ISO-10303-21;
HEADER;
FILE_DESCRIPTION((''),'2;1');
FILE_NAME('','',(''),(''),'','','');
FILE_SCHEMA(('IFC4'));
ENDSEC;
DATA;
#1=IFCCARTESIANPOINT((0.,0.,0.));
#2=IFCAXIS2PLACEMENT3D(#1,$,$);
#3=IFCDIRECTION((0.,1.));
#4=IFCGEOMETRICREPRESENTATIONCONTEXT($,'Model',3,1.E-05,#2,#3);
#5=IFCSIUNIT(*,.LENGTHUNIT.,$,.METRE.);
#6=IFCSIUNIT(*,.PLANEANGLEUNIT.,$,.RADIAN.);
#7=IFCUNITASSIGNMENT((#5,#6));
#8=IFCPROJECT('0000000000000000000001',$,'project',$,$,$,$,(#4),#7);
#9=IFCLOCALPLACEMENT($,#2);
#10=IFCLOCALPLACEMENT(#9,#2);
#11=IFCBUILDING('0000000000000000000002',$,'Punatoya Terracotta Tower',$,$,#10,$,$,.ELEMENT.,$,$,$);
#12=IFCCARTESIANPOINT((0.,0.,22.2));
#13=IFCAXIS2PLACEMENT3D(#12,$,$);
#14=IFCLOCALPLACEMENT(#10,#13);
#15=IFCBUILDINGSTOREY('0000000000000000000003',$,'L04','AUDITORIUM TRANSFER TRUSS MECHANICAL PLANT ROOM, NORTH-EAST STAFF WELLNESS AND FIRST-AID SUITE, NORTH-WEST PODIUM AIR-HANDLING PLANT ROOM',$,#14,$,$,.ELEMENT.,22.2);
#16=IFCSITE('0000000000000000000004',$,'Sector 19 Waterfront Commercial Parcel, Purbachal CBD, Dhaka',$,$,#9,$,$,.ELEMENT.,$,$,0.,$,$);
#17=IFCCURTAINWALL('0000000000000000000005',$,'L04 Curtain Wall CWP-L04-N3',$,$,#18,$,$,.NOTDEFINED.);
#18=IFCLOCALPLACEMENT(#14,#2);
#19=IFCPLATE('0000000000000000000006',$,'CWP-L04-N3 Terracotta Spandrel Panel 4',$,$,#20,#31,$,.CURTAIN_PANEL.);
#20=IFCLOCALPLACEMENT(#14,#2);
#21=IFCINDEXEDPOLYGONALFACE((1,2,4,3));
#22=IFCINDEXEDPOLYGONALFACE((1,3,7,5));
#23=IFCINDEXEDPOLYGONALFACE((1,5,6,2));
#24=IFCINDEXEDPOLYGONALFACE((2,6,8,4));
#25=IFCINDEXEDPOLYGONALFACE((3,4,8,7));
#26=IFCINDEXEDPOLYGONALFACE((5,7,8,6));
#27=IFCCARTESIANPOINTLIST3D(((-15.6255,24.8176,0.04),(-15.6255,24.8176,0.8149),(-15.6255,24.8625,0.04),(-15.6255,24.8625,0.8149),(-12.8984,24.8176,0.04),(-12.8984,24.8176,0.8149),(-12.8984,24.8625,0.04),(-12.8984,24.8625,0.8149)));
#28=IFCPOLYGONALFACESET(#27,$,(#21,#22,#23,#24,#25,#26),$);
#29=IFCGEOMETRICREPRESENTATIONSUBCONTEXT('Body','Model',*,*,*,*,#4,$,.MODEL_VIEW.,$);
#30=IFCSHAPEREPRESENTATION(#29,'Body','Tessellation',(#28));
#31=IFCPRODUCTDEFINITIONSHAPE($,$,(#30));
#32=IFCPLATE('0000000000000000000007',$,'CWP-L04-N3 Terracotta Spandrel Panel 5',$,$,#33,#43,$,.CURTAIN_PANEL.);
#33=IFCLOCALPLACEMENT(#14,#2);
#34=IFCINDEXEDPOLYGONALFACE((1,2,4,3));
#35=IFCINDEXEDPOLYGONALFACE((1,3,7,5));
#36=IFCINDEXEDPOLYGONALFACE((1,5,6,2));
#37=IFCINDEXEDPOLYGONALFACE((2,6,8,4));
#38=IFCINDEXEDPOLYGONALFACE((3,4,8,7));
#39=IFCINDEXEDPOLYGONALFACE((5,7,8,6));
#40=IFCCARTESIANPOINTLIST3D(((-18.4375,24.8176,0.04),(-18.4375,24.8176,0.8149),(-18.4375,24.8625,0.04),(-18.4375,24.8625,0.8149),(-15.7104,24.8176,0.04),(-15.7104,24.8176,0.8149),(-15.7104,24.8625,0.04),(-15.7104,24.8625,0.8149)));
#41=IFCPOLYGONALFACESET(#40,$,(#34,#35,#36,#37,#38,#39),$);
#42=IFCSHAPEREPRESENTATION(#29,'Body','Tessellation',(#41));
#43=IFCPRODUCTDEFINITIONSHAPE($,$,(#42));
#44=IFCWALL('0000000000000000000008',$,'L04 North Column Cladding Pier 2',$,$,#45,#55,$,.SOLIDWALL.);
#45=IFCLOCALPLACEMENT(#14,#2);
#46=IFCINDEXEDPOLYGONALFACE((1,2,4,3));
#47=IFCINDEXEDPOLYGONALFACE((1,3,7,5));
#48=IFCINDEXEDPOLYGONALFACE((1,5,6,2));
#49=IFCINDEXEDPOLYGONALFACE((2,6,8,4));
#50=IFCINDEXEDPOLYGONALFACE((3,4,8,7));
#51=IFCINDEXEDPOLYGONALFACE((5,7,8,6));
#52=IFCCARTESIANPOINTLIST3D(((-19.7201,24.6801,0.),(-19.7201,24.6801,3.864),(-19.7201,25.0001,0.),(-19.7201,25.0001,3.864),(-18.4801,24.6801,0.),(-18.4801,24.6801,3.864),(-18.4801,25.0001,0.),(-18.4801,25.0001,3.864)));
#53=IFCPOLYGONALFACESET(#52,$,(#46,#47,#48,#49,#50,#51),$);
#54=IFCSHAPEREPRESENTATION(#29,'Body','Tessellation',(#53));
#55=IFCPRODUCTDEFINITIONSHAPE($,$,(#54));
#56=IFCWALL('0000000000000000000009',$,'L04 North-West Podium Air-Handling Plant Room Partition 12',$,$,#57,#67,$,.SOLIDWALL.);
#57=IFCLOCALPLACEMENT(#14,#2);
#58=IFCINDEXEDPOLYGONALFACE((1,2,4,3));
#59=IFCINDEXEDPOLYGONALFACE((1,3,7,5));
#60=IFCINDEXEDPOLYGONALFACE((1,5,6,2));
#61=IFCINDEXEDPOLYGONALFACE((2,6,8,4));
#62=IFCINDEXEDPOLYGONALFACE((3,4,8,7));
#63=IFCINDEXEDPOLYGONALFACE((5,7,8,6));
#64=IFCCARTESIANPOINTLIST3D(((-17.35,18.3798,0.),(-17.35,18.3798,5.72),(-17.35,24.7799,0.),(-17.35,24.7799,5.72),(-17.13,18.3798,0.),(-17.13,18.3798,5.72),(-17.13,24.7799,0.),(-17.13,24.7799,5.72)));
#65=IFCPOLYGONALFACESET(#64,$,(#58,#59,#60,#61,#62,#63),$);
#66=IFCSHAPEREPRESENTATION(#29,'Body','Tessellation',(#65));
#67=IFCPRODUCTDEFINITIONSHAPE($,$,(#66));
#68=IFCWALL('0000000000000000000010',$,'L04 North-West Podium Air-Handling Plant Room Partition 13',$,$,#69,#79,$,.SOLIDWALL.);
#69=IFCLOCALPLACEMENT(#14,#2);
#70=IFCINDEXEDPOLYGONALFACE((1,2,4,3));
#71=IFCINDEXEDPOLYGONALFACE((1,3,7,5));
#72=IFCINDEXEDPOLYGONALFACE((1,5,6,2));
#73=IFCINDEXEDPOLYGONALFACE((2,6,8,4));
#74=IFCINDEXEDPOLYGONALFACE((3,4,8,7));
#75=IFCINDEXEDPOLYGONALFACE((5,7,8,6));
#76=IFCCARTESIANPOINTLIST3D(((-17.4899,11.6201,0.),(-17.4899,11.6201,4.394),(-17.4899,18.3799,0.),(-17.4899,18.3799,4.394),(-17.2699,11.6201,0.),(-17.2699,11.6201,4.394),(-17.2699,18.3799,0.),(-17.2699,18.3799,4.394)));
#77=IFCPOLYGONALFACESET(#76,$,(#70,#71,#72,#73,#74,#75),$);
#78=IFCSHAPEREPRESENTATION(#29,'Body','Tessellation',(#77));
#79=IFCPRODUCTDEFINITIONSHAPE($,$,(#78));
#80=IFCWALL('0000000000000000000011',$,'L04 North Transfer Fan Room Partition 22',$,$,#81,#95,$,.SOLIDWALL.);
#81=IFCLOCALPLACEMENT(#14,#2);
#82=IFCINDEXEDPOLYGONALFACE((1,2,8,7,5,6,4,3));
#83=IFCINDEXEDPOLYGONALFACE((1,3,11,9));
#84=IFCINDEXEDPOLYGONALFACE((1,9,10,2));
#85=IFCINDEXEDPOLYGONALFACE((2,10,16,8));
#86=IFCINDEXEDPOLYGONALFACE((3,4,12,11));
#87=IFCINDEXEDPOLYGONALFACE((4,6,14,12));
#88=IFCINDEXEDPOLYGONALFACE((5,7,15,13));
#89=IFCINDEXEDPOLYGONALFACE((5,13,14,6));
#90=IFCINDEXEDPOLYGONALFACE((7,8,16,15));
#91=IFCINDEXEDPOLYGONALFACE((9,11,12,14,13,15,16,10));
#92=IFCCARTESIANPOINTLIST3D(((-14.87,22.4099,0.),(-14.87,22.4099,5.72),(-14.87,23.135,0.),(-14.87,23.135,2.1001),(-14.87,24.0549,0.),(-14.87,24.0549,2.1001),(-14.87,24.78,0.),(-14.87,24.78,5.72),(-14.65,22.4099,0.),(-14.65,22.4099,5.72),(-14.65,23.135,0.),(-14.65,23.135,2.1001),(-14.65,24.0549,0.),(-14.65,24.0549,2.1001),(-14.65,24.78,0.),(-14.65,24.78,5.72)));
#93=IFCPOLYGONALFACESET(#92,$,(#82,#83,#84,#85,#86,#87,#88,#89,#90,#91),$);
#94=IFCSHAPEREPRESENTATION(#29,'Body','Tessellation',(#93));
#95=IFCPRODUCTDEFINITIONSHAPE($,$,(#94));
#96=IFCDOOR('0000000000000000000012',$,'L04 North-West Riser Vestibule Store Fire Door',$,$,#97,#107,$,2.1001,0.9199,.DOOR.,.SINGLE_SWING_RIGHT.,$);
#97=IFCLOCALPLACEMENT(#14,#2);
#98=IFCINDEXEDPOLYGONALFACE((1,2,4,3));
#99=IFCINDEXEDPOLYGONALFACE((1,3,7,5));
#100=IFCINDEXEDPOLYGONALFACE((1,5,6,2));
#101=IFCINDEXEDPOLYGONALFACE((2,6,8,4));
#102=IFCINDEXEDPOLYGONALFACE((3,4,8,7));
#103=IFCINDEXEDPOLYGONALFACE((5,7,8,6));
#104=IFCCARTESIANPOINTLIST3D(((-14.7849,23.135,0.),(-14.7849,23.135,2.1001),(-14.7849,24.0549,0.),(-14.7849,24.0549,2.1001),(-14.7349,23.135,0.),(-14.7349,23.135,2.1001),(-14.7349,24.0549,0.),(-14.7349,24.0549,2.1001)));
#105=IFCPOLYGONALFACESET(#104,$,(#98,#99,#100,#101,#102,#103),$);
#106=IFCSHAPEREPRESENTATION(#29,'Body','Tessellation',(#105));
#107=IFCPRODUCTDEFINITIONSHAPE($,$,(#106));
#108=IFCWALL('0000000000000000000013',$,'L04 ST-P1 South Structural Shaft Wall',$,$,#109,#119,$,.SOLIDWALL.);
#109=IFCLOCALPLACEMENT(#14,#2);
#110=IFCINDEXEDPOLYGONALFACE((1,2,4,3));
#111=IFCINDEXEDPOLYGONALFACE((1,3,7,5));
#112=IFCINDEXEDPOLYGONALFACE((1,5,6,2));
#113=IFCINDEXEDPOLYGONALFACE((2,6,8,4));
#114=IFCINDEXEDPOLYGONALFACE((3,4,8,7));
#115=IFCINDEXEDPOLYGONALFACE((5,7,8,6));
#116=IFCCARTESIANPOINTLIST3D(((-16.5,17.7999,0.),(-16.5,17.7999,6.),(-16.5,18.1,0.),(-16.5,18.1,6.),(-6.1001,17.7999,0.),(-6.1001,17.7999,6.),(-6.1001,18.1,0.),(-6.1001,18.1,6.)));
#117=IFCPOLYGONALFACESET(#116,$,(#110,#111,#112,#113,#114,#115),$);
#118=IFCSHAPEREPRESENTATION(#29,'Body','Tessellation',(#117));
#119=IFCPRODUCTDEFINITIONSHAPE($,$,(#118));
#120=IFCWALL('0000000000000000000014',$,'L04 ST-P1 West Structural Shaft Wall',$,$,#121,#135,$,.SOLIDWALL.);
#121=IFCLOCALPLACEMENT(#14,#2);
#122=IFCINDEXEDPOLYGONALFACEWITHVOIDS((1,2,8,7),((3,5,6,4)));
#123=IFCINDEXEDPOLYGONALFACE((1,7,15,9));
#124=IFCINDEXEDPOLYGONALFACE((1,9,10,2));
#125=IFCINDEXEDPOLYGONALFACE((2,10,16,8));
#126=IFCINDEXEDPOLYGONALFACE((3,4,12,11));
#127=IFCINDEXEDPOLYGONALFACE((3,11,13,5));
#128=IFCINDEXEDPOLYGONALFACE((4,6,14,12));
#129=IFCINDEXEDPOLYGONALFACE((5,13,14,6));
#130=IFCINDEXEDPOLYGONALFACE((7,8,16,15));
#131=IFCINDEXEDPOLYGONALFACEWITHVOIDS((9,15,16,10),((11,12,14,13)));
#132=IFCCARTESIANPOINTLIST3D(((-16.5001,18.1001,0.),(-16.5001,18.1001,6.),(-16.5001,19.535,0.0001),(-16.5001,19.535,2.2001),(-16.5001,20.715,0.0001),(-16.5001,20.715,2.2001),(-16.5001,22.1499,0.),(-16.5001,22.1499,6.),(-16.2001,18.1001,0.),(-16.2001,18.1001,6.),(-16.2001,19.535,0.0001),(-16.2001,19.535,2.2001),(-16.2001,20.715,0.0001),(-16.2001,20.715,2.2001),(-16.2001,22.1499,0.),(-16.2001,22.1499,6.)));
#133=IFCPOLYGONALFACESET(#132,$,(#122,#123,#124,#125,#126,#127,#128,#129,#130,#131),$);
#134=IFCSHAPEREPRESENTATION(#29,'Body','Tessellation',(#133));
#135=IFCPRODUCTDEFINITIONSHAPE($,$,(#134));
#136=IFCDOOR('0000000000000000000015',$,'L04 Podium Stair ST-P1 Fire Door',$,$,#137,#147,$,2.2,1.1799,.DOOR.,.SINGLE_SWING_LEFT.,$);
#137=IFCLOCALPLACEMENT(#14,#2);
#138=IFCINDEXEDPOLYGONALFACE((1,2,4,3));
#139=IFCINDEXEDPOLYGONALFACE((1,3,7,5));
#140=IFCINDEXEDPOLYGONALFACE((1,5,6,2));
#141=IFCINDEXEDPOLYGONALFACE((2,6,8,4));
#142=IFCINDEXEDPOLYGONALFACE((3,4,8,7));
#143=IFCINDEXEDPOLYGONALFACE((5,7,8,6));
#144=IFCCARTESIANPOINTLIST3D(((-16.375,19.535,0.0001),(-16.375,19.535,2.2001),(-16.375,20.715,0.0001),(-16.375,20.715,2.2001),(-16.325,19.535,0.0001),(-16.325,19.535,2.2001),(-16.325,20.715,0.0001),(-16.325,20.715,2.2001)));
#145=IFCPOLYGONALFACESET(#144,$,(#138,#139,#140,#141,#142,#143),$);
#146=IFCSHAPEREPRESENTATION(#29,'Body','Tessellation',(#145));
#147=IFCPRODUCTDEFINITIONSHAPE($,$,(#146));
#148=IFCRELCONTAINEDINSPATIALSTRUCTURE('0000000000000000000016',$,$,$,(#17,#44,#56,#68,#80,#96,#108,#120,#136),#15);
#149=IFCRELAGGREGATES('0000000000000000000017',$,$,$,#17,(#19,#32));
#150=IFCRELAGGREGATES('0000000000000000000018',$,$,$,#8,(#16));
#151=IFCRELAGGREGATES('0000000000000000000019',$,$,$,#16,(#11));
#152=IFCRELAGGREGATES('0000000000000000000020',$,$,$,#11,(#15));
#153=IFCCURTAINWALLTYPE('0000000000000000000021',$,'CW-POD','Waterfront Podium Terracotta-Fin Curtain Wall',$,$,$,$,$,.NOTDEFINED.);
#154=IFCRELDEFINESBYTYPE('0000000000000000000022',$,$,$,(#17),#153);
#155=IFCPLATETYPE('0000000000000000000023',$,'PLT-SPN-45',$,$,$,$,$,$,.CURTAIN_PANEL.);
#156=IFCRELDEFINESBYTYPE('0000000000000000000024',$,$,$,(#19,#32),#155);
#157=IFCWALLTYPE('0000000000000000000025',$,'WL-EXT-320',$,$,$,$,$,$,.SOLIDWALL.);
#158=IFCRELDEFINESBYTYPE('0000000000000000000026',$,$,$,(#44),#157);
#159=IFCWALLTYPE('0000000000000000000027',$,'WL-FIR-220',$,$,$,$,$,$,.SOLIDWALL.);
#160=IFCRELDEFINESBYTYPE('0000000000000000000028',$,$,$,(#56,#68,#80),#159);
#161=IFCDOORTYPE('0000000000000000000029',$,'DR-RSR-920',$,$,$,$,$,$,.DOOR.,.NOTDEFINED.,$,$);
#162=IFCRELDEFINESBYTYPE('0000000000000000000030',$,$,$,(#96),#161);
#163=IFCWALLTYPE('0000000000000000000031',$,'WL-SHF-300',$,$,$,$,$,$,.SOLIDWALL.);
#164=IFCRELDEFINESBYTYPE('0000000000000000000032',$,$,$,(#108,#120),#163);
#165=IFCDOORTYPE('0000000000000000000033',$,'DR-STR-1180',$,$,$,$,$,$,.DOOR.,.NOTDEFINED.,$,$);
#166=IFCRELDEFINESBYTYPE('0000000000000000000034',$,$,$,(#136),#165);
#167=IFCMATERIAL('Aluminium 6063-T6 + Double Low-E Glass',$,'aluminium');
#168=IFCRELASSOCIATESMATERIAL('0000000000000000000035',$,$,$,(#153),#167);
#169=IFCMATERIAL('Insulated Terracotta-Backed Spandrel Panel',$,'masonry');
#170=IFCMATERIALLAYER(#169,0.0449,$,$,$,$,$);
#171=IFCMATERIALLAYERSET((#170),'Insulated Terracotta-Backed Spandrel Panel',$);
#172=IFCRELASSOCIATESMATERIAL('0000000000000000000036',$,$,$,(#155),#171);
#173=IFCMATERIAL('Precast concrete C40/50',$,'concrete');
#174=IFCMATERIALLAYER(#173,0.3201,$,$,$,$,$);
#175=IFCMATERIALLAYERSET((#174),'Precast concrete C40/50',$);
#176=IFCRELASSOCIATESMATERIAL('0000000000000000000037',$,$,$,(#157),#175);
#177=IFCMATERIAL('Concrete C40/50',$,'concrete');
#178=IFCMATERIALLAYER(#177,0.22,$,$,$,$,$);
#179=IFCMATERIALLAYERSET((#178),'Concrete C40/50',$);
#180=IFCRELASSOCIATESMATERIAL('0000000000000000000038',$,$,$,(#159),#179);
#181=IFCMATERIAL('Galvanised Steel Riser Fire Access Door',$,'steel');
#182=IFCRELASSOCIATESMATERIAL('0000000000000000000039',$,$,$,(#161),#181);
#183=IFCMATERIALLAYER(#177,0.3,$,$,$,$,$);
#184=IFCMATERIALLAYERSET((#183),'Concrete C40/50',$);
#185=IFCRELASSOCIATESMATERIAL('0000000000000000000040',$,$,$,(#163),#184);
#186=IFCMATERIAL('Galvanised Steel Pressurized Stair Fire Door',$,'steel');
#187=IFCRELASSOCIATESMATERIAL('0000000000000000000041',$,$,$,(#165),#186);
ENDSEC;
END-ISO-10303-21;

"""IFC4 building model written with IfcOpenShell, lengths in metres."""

from ifc_helpers import new_model, si_unit, direction, frame, frame_2d, origin, origin_2d, place, context, subcontext, project, spatial, rectangle, extrude, material, layer, layer_set, type_object, element, fill, aggregate, save


model = new_model("IFC4")

# Units and contexts
model_context = context("Model", 3, precision=1e-05, world=origin(), true_north=direction((0.0, 1.0)))
body_context = subcontext(model_context, "Body", "Model", "MODEL_VIEW")
ifc_project = project(units=[si_unit("LENGTHUNIT", "METRE"), si_unit("PLANEANGLEUNIT", "RADIAN")], contexts=[model_context])

# Site, building, storey
site_placement = place(None, origin())
site = spatial("IfcSite", under=ifc_project, at=site_placement, Name="Sector 19 Waterfront Commercial Parcel, Purbachal CBD, Dhaka", CompositionType="ELEMENT", RefElevation=0.0)
building_placement = place(site_placement, origin())
building = spatial("IfcBuilding", under=site, at=building_placement, Name="Punatoya Terracotta Tower", CompositionType="ELEMENT")
storey_placement = place(building_placement, frame((0.0, 0.0, 22.2)))
storey = spatial("IfcBuildingStorey", under=building, at=storey_placement, Name="L04", Description="AUDITORIUM TRANSFER TRUSS MECHANICAL PLANT ROOM, NORTH-EAST STAFF WELLNESS AND FIRST-AID SUITE, NORTH-WEST PODIUM AIR-HANDLING PLANT ROOM", CompositionType="ELEMENT", Elevation=22.2)

# Curtain wall, plates
ifc_material_1 = material(Name="Aluminium 6063-T6 + Double Low-E Glass", Category="aluminium")
curtain_wall_type = type_object("IfcCurtainWallType", Name="CW-POD", Description="Waterfront Podium Terracotta-Fin Curtain Wall", PredefinedType="NOTDEFINED", material=ifc_material_1)
curtain_wall_placement = place(storey_placement, origin())
curtain_wall = element("IfcCurtainWall", 1, at=curtain_wall_placement, inside=storey, type_object=curtain_wall_type, Name="L04 Curtain Wall CWP-L04-N3", PredefinedType="NOTDEFINED")
ifc_material_2 = material(Name="Insulated Terracotta-Backed Spandrel Panel", Category="masonry")
ifc_layer_1 = layer(ifc_material_2, 0.0449)
ifc_layer_set_1 = layer_set([ifc_layer_1], Name="Insulated Terracotta-Backed Spandrel Panel")
plate_type_1 = type_object("IfcPlateType", Name="PLT-SPN-45", PredefinedType="CURTAIN_PANEL", material=ifc_layer_set_1)
plate_1_placement = place(storey_placement, frame((-14.262, 24.8401, 0.04), z_axis=(0.0, 0.0, 1.0), x_axis=(-1.0, 0.0, 0.0)))
plate_1 = element("IfcPlate", 2, at=plate_1_placement, type_object=plate_type_1, Name="CWP-L04-N3 Terracotta Spandrel Panel 4", PredefinedType="CURTAIN_PANEL", context=body_context, shape_type="SweptSolid", body=[
    extrude(rectangle(XDim=2.7271, YDim=0.0449, at=origin_2d()), origin(), (0.0, 0.0, 1.0), 0.7749),
])
plate_2_placement = place(storey_placement, frame((-17.074, 24.8401, 0.04), z_axis=(0.0, 0.0, 1.0), x_axis=(-1.0, 0.0, 0.0)))
plate_2 = element("IfcPlate", 3, at=plate_2_placement, type_object=plate_type_1, Name="CWP-L04-N3 Terracotta Spandrel Panel 5", PredefinedType="CURTAIN_PANEL", context=body_context, shape_type="SweptSolid", body=[
    extrude(rectangle(XDim=2.7271, YDim=0.0449, at=origin_2d()), origin(), (0.0, 0.0, 1.0), 0.7749),
])
aggregate(curtain_wall, [plate_1, plate_2])

# Walls
ifc_material_3 = material(Name="Precast concrete C40/50", Category="concrete")
ifc_layer_2 = layer(ifc_material_3, 0.3201)
ifc_layer_set_2 = layer_set([ifc_layer_2], Name="Precast concrete C40/50")
wall_type_1 = type_object("IfcWallType", Name="WL-EXT-320", PredefinedType="SOLIDWALL", material=ifc_layer_set_2)
wall_1_placement = place(storey_placement, frame((-18.48, 24.8401, 0.0), z_axis=(0.0, 0.0, 1.0), x_axis=(-1.0, 0.0, 0.0)))
element("IfcWall", 4, at=wall_1_placement, inside=storey, type_object=wall_type_1, Name="L04 North Column Cladding Pier 2", PredefinedType="SOLIDWALL", context=body_context, shape_type="SweptSolid", body=[
    extrude(rectangle(XDim=1.24, YDim=0.3201, at=frame_2d((0.6201, 0.0))), origin(), (0.0, 0.0, 1.0), 3.864),
])
ifc_material_4 = material(Name="Concrete C40/50", Category="concrete")
ifc_layer_3 = layer(ifc_material_4, 0.22)
ifc_layer_set_3 = layer_set([ifc_layer_3], Name="Concrete C40/50")
wall_type_2 = type_object("IfcWallType", Name="WL-FIR-220", PredefinedType="SOLIDWALL", material=ifc_layer_set_3)
wall_2_placement = place(storey_placement, frame((-17.24, 24.78, 0.0), z_axis=(0.0, 0.0, 1.0), x_axis=(0.0, -1.0, 0.0)))
element("IfcWall", 5, at=wall_2_placement, inside=storey, type_object=wall_type_2, Name="L04 North-West Podium Air-Handling Plant Room Partition 12", PredefinedType="SOLIDWALL", context=body_context, shape_type="SweptSolid", body=[
    extrude(rectangle(XDim=6.4001, YDim=0.22, at=frame_2d((3.2002, 0.0))), origin(), (0.0, 0.0, 1.0), 5.72),
])
wall_3_placement = place(storey_placement, frame((-17.3799, 18.3799, 0.0), z_axis=(0.0, 0.0, 1.0), x_axis=(0.0, -1.0, 0.0)))
element("IfcWall", 6, at=wall_3_placement, inside=storey, type_object=wall_type_2, Name="L04 North-West Podium Air-Handling Plant Room Partition 13", PredefinedType="SOLIDWALL", context=body_context, shape_type="SweptSolid", body=[
    extrude(rectangle(XDim=6.7598, YDim=0.22, at=frame_2d((3.3799, 0.0))), origin(), (0.0, 0.0, 1.0), 4.394),
])

# Wall, opening, door
wall_4_placement = place(storey_placement, frame((-14.76, 22.4099, 0.0), z_axis=(0.0, 0.0, 1.0), x_axis=(0.0, 1.0, 0.0)))
wall_4 = element("IfcWall", 7, at=wall_4_placement, inside=storey, type_object=wall_type_2, Name="L04 North Transfer Fan Room Partition 22", PredefinedType="SOLIDWALL", context=body_context, shape_type="SweptSolid", body=[
    extrude(rectangle(XDim=2.3701, YDim=0.22, at=frame_2d((1.1851, 0.0))), origin(), (0.0, 0.0, 1.0), 5.72),
])
opening_1_placement = place(wall_4_placement, frame((0.7251, 0.0, 0.0)))
opening_1 = element("IfcOpeningElement", 8, at=opening_1_placement, cuts=wall_4, PredefinedType="OPENING", context=body_context, shape_type="SweptSolid", body=[
    extrude(rectangle(XDim=0.9199, YDim=2.1001, at=frame_2d((0.46, 1.05))), frame((0.0, 0.1199, 0.0), z_axis=(0.0, -1.0, 0.0), x_axis=(1.0, 0.0, 0.0)), (0.0, 0.0, 1.0), 0.24),
])
ifc_material_5 = material(Name="Galvanised Steel Riser Fire Access Door", Category="steel")
door_type_1 = type_object("IfcDoorType", Name="DR-RSR-920", OperationType="NOTDEFINED", PredefinedType="DOOR", material=ifc_material_5)
door_1_placement = place(opening_1_placement, origin())
door_1 = element("IfcDoor", 9, at=door_1_placement, inside=storey, type_object=door_type_1, Name="L04 North-West Riser Vestibule Store Fire Door", OperationType="SINGLE_SWING_RIGHT", OverallHeight=2.1001, OverallWidth=0.9199, PredefinedType="DOOR", context=body_context, shape_type="SweptSolid", body=[
    extrude(rectangle(XDim=0.9199, YDim=2.1001, at=frame_2d((0.46, 1.05))), frame((0.0, 0.0249, 0.0), z_axis=(0.0, -1.0, 0.0), x_axis=(1.0, 0.0, 0.0)), (0.0, 0.0, 1.0), 0.05),
])
fill(opening_1, door_1)

# Wall
ifc_layer_4 = layer(ifc_material_4, 0.3)
ifc_layer_set_4 = layer_set([ifc_layer_4], Name="Concrete C40/50")
wall_type_3 = type_object("IfcWallType", Name="WL-SHF-300", PredefinedType="SOLIDWALL", material=ifc_layer_set_4)
wall_5_placement = place(storey_placement, frame((-16.5, 17.95, 0.0), z_axis=(0.0, 0.0, 1.0), x_axis=(1.0, 0.0, 0.0)))
element("IfcWall", 10, at=wall_5_placement, inside=storey, type_object=wall_type_3, Name="L04 ST-P1 South Structural Shaft Wall", PredefinedType="SOLIDWALL", context=body_context, shape_type="SweptSolid", body=[
    extrude(rectangle(XDim=10.3999, YDim=0.3, at=frame_2d((5.2, 0.0))), origin(), (0.0, 0.0, 1.0), 6.0),
])

# Wall, opening, door
wall_6_placement = place(storey_placement, frame((-16.3501, 18.1001, 0.0), z_axis=(0.0, 0.0, 1.0), x_axis=(0.0, 1.0, 0.0)))
wall_6 = element("IfcWall", 11, at=wall_6_placement, inside=storey, type_object=wall_type_3, Name="L04 ST-P1 West Structural Shaft Wall", PredefinedType="SOLIDWALL", context=body_context, shape_type="SweptSolid", body=[
    extrude(rectangle(XDim=4.0498, YDim=0.3, at=frame_2d((2.0249, 0.0))), origin(), (0.0, 0.0, 1.0), 6.0),
])
opening_2_placement = place(wall_6_placement, frame((1.4351, 0.0, 0.0)))
opening_2 = element("IfcOpeningElement", 12, at=opening_2_placement, cuts=wall_6, PredefinedType="OPENING", context=body_context, shape_type="SweptSolid", body=[
    extrude(rectangle(XDim=1.1799, YDim=2.2, at=frame_2d((0.5898, 1.1001))), frame((0.0, 0.1599, 0.0), z_axis=(0.0, -1.0, 0.0), x_axis=(1.0, 0.0, 0.0)), (0.0, 0.0, 1.0), 0.3201),
])
ifc_material_6 = material(Name="Galvanised Steel Pressurized Stair Fire Door", Category="steel")
door_type_2 = type_object("IfcDoorType", Name="DR-STR-1180", OperationType="NOTDEFINED", PredefinedType="DOOR", material=ifc_material_6)
door_2_placement = place(opening_2_placement, origin())
door_2 = element("IfcDoor", 13, at=door_2_placement, inside=storey, type_object=door_type_2, Name="L04 Podium Stair ST-P1 Fire Door", OperationType="SINGLE_SWING_LEFT", OverallHeight=2.2, OverallWidth=1.1799, PredefinedType="DOOR", context=body_context, shape_type="SweptSolid", body=[
    extrude(rectangle(XDim=1.1799, YDim=2.2, at=frame_2d((0.5898, 1.1001))), frame((0.0, 0.0249, 0.0), z_axis=(0.0, -1.0, 0.0), x_axis=(1.0, 0.0, 0.0)), (0.0, 0.0, 1.0), 0.05),
])
fill(opening_2, door_2)

save(model, "model.ifc")
